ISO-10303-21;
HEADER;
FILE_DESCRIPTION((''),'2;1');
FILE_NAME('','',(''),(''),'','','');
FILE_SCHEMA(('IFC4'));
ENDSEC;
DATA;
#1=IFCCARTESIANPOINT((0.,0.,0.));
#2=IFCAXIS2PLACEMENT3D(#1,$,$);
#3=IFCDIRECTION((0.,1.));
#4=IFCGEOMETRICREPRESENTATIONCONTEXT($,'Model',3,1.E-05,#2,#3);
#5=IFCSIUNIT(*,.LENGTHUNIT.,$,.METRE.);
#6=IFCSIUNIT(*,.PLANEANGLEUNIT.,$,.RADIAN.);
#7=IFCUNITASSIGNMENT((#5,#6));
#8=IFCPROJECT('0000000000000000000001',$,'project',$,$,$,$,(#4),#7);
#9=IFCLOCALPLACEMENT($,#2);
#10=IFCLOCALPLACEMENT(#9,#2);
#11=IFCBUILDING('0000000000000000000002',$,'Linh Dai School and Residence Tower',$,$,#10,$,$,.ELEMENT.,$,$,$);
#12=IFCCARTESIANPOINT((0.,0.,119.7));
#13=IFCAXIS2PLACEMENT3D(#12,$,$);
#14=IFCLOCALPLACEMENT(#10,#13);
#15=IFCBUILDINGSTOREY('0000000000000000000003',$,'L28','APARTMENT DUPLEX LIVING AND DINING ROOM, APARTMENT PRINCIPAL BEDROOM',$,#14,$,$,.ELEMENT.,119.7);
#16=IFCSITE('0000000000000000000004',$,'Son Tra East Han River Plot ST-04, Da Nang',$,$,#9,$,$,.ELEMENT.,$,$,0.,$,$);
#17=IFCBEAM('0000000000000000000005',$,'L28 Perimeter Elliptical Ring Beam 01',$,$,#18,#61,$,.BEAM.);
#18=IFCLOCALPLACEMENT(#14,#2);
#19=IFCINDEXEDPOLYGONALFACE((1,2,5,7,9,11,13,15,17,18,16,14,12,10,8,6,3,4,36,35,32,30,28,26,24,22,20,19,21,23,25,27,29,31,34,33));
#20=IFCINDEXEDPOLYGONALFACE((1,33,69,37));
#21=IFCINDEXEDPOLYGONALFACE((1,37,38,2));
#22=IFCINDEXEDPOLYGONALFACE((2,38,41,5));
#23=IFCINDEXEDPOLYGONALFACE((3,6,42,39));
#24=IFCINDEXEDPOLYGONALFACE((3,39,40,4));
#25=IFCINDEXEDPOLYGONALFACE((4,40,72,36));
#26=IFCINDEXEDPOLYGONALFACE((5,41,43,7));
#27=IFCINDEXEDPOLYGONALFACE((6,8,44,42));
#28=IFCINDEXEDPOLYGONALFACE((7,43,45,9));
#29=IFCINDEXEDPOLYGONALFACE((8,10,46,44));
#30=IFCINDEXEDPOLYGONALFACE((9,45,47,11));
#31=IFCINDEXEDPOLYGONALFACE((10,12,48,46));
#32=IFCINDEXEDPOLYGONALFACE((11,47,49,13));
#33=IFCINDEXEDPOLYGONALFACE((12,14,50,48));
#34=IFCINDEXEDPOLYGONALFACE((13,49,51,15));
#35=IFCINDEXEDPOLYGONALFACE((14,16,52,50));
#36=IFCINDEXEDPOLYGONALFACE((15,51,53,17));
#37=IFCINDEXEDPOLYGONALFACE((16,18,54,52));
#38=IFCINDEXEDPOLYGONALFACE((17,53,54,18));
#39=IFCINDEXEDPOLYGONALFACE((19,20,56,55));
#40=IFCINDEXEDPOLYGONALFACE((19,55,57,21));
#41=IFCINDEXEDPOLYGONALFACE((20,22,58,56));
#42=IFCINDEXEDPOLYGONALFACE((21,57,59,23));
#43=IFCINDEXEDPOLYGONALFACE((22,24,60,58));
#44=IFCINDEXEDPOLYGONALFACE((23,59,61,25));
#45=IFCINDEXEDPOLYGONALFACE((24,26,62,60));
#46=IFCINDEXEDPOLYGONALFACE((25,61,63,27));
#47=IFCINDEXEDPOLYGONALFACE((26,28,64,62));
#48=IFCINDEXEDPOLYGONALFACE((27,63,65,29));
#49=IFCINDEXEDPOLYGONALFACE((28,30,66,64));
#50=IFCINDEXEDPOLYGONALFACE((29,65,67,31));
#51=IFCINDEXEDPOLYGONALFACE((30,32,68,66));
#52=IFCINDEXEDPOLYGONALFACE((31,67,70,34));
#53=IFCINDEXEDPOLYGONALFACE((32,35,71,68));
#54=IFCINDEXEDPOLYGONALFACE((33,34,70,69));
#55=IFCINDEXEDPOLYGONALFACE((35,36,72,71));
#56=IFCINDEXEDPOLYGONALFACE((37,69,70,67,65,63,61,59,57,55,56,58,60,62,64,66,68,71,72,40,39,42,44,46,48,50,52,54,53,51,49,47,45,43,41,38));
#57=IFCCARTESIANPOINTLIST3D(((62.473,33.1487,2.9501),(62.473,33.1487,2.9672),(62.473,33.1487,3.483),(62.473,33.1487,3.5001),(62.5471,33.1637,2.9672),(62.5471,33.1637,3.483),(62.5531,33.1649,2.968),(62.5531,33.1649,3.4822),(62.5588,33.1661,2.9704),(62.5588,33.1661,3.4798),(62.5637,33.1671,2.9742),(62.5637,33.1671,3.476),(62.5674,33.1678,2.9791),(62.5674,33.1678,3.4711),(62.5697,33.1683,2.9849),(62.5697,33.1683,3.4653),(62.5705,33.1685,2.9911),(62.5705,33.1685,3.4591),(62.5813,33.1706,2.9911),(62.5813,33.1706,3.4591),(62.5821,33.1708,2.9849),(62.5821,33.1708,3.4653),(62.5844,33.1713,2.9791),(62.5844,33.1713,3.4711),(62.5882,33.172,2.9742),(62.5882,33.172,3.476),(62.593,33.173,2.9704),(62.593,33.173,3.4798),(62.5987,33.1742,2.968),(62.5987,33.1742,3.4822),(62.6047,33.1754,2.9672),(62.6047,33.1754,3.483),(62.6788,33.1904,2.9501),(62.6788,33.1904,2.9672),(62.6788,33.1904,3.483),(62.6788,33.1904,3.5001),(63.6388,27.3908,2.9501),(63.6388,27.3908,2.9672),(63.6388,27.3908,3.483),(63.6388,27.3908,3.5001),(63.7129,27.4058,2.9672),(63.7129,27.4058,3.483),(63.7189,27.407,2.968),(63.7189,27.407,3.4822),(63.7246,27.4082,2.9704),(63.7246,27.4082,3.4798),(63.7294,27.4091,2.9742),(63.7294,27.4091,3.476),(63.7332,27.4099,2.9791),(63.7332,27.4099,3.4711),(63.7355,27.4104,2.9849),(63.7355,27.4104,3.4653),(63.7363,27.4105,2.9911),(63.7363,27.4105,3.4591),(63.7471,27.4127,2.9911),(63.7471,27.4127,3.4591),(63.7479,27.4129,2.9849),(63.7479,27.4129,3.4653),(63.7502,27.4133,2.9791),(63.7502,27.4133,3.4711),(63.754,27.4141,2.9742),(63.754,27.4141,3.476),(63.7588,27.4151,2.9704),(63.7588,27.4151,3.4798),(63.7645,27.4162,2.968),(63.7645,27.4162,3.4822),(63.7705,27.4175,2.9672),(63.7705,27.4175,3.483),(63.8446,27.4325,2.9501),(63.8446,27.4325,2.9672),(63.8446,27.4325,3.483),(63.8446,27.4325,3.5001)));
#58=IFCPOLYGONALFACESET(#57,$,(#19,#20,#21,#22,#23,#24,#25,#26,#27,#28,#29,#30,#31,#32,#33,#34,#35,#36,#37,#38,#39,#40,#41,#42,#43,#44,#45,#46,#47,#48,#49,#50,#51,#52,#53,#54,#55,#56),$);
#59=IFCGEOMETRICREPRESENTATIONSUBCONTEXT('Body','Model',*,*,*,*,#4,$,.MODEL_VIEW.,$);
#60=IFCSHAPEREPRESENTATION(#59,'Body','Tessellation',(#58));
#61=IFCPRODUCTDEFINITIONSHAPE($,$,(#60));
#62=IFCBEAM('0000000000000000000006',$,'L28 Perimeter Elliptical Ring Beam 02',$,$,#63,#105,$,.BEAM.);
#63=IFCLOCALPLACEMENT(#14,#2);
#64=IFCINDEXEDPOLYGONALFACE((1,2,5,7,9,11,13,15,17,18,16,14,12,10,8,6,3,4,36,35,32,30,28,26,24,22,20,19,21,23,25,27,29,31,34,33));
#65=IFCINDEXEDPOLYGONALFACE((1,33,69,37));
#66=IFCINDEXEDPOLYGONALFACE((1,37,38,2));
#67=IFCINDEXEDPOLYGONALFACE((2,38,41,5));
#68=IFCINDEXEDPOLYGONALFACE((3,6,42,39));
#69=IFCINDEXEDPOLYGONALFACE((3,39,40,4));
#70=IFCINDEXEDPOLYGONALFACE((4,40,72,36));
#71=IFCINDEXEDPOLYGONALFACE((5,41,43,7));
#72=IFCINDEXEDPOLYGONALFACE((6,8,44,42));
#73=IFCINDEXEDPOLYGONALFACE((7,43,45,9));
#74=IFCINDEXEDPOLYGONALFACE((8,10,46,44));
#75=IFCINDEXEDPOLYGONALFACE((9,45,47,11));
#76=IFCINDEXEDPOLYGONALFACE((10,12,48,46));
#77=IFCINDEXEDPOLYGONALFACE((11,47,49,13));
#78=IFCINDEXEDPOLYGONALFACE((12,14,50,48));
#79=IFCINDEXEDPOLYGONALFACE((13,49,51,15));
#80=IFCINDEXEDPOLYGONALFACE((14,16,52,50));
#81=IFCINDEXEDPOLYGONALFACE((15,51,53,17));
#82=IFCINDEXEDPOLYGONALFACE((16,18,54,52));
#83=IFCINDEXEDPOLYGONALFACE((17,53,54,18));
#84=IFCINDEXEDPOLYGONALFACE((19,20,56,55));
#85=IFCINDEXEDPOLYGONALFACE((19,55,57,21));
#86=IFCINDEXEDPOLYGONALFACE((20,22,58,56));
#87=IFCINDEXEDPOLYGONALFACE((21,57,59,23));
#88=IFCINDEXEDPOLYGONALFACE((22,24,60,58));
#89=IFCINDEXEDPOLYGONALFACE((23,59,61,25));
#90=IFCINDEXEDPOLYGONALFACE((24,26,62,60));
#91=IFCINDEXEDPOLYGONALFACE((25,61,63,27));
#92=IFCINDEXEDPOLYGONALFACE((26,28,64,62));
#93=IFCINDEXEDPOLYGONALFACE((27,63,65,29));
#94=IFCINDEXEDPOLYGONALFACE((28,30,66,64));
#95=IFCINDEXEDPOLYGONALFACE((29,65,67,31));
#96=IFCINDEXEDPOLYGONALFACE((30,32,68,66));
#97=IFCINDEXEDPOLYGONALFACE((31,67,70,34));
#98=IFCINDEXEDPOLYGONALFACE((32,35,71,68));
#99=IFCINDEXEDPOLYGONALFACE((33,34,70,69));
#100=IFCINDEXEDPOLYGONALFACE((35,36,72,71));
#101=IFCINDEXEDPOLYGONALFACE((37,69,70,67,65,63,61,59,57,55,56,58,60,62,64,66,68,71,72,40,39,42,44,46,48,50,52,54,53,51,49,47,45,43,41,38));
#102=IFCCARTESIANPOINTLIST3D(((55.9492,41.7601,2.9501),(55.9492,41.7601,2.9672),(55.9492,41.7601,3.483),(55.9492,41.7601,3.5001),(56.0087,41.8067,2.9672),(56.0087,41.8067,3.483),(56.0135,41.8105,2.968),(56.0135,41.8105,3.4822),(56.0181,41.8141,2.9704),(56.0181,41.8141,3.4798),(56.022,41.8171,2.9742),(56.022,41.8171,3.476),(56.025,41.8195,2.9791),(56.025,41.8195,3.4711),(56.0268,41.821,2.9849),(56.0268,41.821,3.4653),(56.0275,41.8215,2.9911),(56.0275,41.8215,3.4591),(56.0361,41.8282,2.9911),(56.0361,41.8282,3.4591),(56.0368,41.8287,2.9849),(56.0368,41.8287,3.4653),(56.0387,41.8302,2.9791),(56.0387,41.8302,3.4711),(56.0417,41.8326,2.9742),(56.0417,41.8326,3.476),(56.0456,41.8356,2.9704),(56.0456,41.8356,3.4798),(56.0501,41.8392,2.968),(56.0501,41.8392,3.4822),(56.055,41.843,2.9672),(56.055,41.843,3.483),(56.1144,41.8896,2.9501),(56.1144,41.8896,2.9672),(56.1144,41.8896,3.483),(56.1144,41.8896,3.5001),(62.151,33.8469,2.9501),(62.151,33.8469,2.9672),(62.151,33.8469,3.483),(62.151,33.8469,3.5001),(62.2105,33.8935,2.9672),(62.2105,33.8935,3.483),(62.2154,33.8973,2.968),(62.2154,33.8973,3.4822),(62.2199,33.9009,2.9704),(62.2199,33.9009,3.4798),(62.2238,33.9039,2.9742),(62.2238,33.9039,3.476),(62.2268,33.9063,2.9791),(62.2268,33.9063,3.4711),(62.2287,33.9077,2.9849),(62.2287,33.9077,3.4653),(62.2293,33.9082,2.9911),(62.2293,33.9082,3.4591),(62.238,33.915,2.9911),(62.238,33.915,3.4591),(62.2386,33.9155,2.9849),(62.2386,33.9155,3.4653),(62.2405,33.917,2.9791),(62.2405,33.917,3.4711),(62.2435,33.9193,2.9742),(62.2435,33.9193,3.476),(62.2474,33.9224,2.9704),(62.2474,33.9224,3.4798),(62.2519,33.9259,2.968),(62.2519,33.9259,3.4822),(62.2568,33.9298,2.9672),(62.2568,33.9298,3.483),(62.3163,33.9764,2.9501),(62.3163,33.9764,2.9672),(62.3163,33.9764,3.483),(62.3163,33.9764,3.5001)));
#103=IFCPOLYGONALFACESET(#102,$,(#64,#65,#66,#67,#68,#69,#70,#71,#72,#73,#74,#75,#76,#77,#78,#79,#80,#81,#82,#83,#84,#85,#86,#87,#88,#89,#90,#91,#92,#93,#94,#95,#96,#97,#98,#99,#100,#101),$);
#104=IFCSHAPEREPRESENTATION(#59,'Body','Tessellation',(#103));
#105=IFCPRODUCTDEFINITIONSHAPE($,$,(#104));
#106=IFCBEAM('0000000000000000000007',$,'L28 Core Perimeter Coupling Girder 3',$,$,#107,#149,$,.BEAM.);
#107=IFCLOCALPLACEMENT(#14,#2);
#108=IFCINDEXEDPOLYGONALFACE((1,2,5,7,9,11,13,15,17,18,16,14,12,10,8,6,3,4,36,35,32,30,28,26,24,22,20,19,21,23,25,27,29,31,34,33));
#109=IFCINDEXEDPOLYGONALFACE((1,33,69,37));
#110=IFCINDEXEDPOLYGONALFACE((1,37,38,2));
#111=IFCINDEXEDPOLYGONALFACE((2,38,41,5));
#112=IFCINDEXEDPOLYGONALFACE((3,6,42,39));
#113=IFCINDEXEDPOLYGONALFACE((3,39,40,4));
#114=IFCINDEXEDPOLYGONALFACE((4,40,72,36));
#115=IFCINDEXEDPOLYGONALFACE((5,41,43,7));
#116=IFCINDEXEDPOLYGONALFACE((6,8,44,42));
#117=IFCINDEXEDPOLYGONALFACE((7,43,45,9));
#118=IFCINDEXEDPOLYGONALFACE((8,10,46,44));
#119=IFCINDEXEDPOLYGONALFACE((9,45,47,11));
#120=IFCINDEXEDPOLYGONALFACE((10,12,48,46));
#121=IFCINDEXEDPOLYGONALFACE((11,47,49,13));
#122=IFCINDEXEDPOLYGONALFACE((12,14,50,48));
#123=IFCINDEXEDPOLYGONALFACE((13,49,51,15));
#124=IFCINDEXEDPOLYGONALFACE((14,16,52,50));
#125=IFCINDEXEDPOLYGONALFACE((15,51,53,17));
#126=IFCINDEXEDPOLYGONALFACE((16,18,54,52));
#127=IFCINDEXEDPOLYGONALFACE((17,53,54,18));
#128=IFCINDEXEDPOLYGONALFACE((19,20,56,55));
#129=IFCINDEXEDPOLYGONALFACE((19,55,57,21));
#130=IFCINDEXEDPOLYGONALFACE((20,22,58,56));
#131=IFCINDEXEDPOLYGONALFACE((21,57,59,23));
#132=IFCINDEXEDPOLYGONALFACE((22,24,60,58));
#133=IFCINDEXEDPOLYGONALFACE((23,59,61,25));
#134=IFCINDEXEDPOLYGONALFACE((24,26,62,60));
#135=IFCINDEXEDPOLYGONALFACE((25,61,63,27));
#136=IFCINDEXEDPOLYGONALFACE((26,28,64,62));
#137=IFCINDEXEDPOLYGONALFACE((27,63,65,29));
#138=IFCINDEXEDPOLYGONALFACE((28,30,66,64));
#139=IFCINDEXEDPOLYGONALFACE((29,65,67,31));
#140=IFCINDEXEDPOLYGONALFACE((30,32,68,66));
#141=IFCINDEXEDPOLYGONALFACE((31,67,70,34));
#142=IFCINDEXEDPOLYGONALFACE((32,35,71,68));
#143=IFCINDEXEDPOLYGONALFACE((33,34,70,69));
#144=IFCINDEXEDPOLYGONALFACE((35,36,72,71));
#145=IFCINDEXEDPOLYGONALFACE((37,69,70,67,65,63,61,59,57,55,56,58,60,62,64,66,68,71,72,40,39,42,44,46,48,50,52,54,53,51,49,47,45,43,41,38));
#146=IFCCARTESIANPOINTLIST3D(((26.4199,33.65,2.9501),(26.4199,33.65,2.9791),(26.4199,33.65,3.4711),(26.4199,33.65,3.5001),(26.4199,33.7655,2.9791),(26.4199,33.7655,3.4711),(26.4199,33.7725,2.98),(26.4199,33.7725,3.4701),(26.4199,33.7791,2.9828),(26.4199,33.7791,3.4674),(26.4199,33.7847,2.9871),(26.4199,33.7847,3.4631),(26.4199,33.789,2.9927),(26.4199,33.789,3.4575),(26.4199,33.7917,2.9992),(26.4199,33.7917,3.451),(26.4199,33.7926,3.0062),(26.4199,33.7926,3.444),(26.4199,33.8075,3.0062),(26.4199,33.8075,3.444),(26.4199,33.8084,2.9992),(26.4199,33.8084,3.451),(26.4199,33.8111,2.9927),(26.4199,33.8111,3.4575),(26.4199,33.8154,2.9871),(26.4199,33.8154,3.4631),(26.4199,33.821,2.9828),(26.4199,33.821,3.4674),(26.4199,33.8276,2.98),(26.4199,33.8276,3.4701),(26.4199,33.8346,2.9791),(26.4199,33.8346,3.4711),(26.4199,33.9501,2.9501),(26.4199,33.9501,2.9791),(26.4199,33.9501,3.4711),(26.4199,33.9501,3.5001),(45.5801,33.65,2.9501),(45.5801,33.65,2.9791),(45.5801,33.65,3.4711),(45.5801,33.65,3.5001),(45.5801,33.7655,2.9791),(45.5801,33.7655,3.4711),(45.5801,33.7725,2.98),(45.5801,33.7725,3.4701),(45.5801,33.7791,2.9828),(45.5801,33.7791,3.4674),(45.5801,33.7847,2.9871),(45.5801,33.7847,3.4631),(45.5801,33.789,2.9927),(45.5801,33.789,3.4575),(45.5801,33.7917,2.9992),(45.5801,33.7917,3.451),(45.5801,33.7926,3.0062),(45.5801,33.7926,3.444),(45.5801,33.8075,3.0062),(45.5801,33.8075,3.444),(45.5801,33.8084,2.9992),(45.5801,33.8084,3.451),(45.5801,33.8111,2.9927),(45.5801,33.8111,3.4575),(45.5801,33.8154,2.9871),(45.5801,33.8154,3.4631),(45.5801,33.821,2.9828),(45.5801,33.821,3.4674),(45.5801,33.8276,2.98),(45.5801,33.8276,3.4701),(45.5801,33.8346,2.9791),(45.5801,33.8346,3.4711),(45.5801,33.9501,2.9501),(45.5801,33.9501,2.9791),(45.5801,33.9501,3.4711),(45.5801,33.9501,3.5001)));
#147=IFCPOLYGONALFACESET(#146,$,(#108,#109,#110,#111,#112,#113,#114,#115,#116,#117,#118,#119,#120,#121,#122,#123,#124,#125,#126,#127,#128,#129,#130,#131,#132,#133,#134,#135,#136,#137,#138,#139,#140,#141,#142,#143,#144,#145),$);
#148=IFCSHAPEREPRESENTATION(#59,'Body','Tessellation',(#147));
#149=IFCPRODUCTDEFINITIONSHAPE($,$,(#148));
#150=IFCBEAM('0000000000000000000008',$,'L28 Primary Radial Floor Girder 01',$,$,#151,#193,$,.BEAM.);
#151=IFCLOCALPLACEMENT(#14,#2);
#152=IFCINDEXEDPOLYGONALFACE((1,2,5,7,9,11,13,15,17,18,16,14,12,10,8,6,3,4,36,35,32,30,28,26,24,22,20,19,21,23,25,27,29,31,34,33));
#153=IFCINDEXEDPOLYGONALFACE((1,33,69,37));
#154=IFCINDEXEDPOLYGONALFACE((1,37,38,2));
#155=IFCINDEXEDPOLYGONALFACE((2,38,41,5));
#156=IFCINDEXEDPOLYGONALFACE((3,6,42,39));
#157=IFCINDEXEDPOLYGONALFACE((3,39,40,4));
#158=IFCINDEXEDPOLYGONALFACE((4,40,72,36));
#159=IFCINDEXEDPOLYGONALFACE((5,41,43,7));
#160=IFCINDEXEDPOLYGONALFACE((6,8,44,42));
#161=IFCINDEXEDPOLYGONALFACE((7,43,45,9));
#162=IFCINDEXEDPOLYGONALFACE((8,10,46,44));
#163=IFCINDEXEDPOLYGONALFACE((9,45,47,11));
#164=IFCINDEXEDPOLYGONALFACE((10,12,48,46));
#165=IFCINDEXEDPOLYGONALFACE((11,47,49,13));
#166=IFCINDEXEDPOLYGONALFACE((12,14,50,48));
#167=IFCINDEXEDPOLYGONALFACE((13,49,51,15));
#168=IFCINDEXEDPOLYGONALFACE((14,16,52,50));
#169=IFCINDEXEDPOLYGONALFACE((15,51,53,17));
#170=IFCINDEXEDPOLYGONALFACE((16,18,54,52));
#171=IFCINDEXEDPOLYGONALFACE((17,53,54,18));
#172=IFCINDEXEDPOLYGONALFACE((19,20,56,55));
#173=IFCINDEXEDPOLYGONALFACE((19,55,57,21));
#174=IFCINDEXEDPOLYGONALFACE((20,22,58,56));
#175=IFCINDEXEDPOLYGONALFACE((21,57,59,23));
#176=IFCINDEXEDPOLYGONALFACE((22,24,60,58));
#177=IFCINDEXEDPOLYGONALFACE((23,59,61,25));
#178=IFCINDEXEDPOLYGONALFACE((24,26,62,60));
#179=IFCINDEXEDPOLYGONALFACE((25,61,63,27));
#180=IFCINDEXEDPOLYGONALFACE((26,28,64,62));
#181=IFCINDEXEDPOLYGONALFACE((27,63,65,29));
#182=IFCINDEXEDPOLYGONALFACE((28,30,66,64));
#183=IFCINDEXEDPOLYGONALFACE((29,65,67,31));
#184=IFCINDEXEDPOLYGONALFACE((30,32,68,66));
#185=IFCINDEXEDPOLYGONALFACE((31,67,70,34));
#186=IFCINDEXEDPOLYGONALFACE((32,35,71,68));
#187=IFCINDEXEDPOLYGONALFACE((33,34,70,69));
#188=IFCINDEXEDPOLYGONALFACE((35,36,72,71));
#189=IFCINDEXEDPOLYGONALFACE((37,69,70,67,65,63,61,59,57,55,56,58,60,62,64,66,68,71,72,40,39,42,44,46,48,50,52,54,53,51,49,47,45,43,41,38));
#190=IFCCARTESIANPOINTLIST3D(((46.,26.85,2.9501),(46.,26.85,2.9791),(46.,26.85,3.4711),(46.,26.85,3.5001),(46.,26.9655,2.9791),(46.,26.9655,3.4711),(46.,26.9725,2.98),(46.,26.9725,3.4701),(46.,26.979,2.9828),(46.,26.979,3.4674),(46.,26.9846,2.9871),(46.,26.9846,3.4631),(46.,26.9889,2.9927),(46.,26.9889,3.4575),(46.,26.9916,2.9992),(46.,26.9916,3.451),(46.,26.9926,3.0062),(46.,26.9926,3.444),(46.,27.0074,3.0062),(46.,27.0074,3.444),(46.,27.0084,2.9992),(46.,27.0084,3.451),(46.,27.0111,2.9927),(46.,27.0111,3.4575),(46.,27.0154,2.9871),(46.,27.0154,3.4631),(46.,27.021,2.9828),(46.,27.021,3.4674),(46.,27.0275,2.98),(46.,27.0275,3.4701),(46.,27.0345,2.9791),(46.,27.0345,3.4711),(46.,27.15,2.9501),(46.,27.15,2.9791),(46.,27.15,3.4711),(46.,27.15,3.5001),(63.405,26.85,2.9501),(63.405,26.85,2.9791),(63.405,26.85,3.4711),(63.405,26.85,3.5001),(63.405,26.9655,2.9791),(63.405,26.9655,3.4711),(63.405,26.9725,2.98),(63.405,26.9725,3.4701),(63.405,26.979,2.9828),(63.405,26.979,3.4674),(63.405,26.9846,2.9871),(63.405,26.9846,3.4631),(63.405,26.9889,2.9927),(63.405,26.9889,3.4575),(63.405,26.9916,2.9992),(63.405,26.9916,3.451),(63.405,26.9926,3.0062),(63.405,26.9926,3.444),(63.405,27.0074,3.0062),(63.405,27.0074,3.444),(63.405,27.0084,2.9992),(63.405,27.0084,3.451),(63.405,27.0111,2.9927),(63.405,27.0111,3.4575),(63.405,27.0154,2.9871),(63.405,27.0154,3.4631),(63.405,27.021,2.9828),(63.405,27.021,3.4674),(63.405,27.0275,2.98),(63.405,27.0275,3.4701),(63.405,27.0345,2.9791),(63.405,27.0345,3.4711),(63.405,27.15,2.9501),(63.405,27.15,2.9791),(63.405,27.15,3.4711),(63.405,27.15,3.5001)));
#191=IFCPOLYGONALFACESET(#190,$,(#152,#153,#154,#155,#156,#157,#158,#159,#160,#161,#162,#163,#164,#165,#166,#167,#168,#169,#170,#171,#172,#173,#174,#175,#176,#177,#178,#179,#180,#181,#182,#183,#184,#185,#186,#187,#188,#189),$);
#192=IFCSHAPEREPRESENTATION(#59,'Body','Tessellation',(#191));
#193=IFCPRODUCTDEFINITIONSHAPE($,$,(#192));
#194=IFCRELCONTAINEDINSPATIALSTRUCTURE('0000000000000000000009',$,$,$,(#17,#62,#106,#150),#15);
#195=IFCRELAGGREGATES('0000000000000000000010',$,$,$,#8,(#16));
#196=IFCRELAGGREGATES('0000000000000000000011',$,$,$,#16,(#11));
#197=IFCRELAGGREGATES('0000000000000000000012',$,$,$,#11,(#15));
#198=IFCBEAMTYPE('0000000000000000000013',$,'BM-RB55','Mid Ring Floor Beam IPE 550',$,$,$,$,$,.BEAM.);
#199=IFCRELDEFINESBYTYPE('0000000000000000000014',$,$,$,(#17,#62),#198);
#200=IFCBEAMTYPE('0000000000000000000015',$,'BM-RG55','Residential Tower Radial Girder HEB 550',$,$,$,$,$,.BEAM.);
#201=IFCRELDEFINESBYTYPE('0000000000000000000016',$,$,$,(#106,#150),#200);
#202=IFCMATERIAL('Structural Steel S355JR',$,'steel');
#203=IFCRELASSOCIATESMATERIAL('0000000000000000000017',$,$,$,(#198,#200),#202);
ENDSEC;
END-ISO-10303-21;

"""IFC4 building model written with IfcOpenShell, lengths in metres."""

from ifc_helpers import new_model, si_unit, direction, frame, origin, origin_2d, place, context, subcontext, project, spatial, i_section, extrude, material, material_profile, profile_set, type_object, element, save


model = new_model("IFC4")

# Units and contexts
model_context = context("Model", 3, precision=1e-05, world=origin(), true_north=direction((0.0, 1.0)))
body_context = subcontext(model_context, "Body", "Model", "MODEL_VIEW")
ifc_project = project(units=[si_unit("LENGTHUNIT", "METRE"), si_unit("PLANEANGLEUNIT", "RADIAN")], contexts=[model_context])

# Site, building, storey
site_placement = place(None, origin())
site = spatial("IfcSite", under=ifc_project, at=site_placement, Name="Son Tra East Han River Plot ST-04, Da Nang", CompositionType="ELEMENT", RefElevation=0.0)
building_placement = place(site_placement, origin())
building = spatial("IfcBuilding", under=site, at=building_placement, Name="Linh Dai School and Residence Tower", CompositionType="ELEMENT")
storey_placement = place(building_placement, frame((0.0, 0.0, 119.7)))
storey = spatial("IfcBuildingStorey", under=building, at=storey_placement, Name="L28", Description="APARTMENT DUPLEX LIVING AND DINING ROOM, APARTMENT PRINCIPAL BEDROOM", CompositionType="ELEMENT", Elevation=119.7)

# Shared definitions
ifc_material_1 = material(Name="Structural Steel S355JR", Category="steel")

# Beams
ifc_material_profile_1 = material_profile(ifc_material_1, i_section(OverallWidth=0.21, OverallDepth=0.55, WebThickness=0.011, FlangeThickness=0.0171, FilletRadius=0.0239, at=origin_2d()), Name="IPE 550")
ifc_profile_set_1 = profile_set([ifc_material_profile_1], Name="Structural Steel S355JR")
beam_type_1 = type_object("IfcBeamType", Name="BM-RB55", Description="Mid Ring Floor Beam IPE 550", PredefinedType="BEAM", material=ifc_profile_set_1)
beam_1_placement = place(storey_placement, frame((63.7417, 27.4116, 3.2251), z_axis=(-0.198441, 0.980113, 0.0), x_axis=(-0.980113, -0.198441, 0.0)))
element("IfcBeam", 1, at=beam_1_placement, inside=storey, type_object=beam_type_1, Name="L28 Perimeter Elliptical Ring Beam 01", PredefinedType="BEAM", context=body_context, shape_type="SweptSolid", body=[
    extrude(i_section(OverallWidth=0.21, OverallDepth=0.55, WebThickness=0.011, FlangeThickness=0.0171, FilletRadius=0.0239, at=origin_2d()), origin(), (0.0, 0.0, 1.0), 5.8748),
])
beam_2_placement = place(storey_placement, frame((62.2336, 33.9116, 3.2251), z_axis=(-0.616855, 0.787077, 0.0), x_axis=(-0.787077, -0.616855, 0.0)))
element("IfcBeam", 2, at=beam_2_placement, inside=storey, type_object=beam_type_1, Name="L28 Perimeter Elliptical Ring Beam 02", PredefinedType="BEAM", context=body_context, shape_type="SweptSolid", body=[
    extrude(i_section(OverallWidth=0.21, OverallDepth=0.55, WebThickness=0.011, FlangeThickness=0.0171, FilletRadius=0.0239, at=origin_2d()), origin(), (0.0, 0.0, 1.0), 10.054),
])
ifc_material_profile_2 = material_profile(ifc_material_1, i_section(OverallWidth=0.3, OverallDepth=0.55, WebThickness=0.0149, FlangeThickness=0.0291, FilletRadius=0.0271, at=origin_2d()), Name="HEB 550")
ifc_profile_set_2 = profile_set([ifc_material_profile_2], Name="Structural Steel S355JR")
beam_type_2 = type_object("IfcBeamType", Name="BM-RG55", Description="Residential Tower Radial Girder HEB 550", PredefinedType="BEAM", material=ifc_profile_set_2)
beam_3_placement = place(storey_placement, frame((45.5801, 33.8, 3.2251), z_axis=(-1.0, 0.0, 0.0), x_axis=(0.0, -1.0, 0.0)))
element("IfcBeam", 3, at=beam_3_placement, inside=storey, type_object=beam_type_2, Name="L28 Core Perimeter Coupling Girder 3", PredefinedType="BEAM", context=body_context, shape_type="SweptSolid", body=[
    extrude(i_section(OverallWidth=0.3, OverallDepth=0.55, WebThickness=0.0149, FlangeThickness=0.0291, FilletRadius=0.0271, at=origin_2d()), origin(), (0.0, 0.0, 1.0), 19.1602),
])
beam_4_placement = place(storey_placement, frame((46.0, 27.0, 3.2251), z_axis=(1.0, 0.0, 0.0), x_axis=(0.0, 1.0, 0.0)))
element("IfcBeam", 4, at=beam_4_placement, inside=storey, type_object=beam_type_2, Name="L28 Primary Radial Floor Girder 01", PredefinedType="BEAM", context=body_context, shape_type="SweptSolid", body=[
    extrude(i_section(OverallWidth=0.3, OverallDepth=0.55, WebThickness=0.0149, FlangeThickness=0.0291, FilletRadius=0.0271, at=origin_2d()), origin(), (0.0, 0.0, 1.0), 17.405),
])

save(model, "model.ifc")
